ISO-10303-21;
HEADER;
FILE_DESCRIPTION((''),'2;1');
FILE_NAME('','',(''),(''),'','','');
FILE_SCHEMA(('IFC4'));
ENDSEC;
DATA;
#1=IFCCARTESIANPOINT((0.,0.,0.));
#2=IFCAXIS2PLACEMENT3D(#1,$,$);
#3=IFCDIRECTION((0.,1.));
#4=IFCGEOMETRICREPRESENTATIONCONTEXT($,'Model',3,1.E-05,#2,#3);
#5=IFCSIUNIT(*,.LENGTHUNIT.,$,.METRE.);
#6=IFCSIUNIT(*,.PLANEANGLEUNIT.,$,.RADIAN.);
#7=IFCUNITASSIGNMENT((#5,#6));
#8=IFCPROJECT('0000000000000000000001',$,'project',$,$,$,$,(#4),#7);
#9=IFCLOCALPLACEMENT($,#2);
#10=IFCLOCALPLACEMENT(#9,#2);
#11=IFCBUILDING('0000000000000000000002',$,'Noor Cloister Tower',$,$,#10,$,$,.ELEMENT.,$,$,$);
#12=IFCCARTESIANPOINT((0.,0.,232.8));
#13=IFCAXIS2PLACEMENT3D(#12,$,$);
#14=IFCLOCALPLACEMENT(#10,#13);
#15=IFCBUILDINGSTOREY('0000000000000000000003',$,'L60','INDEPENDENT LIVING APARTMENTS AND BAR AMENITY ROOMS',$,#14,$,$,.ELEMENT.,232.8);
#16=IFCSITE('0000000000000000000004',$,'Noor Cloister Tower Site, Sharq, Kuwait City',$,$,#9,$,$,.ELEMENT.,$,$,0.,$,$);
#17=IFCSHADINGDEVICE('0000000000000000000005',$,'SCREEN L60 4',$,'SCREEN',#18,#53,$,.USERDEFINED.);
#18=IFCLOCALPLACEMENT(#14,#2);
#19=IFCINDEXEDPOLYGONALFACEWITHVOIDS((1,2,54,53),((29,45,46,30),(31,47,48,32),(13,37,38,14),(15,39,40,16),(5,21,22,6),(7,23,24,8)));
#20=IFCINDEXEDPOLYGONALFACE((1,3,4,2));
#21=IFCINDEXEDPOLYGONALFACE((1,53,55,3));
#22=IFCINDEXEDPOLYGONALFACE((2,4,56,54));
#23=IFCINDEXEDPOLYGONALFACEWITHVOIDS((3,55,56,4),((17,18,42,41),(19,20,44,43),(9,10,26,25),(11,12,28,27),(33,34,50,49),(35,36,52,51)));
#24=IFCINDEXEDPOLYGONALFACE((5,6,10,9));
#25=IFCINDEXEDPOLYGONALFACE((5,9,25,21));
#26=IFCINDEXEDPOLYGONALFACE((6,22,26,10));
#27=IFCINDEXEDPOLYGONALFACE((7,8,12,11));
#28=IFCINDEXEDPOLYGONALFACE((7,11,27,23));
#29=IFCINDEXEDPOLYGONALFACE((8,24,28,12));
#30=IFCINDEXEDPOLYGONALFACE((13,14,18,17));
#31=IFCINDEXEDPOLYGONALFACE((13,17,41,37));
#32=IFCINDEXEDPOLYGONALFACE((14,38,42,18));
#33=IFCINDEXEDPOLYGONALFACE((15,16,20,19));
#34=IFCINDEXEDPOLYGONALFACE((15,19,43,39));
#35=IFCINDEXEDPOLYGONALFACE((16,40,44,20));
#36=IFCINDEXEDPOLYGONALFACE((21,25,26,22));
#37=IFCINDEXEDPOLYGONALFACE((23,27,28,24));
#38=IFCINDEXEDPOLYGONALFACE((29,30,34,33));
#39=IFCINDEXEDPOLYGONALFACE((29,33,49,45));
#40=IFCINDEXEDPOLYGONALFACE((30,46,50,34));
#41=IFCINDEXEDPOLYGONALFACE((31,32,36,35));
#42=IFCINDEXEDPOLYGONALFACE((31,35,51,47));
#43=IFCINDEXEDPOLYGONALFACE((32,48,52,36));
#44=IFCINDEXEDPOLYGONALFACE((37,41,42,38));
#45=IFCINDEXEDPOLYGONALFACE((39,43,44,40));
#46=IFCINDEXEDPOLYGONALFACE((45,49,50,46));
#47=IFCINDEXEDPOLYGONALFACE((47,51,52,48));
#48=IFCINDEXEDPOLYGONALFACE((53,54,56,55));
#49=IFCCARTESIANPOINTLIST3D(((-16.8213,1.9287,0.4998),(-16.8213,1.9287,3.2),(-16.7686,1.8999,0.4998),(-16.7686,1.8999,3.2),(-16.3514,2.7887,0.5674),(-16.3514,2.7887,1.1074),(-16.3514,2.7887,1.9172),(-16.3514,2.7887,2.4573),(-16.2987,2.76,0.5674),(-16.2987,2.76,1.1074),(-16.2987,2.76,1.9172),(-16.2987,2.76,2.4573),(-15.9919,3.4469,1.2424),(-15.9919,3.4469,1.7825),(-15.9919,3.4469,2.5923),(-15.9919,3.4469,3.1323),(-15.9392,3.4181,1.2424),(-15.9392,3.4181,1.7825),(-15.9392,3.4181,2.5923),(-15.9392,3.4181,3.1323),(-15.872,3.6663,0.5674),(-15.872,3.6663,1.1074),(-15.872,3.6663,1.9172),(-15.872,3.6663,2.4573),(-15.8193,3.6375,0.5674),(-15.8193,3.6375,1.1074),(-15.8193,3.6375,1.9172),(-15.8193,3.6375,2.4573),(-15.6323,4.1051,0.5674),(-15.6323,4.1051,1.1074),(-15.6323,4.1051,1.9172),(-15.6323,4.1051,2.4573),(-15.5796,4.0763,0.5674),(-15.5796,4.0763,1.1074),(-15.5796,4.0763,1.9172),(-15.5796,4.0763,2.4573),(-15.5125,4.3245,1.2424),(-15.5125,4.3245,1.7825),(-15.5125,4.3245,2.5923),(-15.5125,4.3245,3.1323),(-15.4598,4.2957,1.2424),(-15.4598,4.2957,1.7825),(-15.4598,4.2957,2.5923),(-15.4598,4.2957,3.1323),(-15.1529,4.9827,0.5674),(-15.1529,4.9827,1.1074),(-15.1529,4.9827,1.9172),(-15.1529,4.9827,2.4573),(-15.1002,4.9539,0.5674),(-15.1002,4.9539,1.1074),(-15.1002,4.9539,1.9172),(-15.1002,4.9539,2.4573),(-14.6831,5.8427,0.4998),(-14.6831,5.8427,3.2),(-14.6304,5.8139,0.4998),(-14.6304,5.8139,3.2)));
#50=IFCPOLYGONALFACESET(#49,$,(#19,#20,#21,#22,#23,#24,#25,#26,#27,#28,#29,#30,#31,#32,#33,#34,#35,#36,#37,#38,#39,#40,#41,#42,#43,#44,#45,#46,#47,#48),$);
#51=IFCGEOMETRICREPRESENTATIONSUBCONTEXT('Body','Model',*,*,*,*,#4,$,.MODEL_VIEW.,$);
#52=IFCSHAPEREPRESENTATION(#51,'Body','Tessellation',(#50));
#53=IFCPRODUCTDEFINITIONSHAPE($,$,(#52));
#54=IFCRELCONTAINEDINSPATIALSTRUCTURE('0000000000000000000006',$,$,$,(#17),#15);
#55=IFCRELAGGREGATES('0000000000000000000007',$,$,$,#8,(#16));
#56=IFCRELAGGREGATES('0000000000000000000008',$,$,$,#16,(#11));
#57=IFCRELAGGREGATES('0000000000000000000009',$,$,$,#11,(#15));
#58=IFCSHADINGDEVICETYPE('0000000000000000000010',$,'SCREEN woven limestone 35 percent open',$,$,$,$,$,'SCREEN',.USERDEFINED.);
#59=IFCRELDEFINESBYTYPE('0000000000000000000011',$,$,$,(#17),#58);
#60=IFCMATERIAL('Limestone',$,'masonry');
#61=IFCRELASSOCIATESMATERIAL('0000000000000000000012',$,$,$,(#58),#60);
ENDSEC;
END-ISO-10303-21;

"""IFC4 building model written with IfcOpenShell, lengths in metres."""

from ifc_helpers import new_model, si_unit, direction, frame, origin, place, context, subcontext, project, spatial, polyline, outline, extrude, material, material_profile, profile_set, type_object, element, save


model = new_model("IFC4")

# Units and contexts
model_context = context("Model", 3, precision=1e-05, world=origin(), true_north=direction((0.0, 1.0)))
body_context = subcontext(model_context, "Body", "Model", "MODEL_VIEW")
ifc_project = project(units=[si_unit("LENGTHUNIT", "METRE"), si_unit("PLANEANGLEUNIT", "RADIAN")], contexts=[model_context])

# Site, building, storey
site_placement = place(None, origin())
site = spatial("IfcSite", under=ifc_project, at=site_placement, Name="Noor Cloister Tower Site, Sharq, Kuwait City", CompositionType="ELEMENT", RefElevation=0.0)
building_placement = place(site_placement, origin())
building = spatial("IfcBuilding", under=site, at=building_placement, Name="Noor Cloister Tower", CompositionType="ELEMENT")
storey_placement = place(building_placement, frame((0.0, 0.0, 232.8)))
storey = spatial("IfcBuildingStorey", under=building, at=storey_placement, Name="L60", Description="INDEPENDENT LIVING APARTMENTS AND BAR AMENITY ROOMS", CompositionType="ELEMENT", Elevation=232.8)

# Shading device
ifc_material_1 = material(Name="Limestone", Category="masonry")
ifc_material_profile_1 = material_profile(ifc_material_1, outline(polyline([(-2.23, -1.3501), (2.23, -1.3501), (2.23, 1.3501), (-2.23, 1.3501), (-2.23, -1.3501)]), holes=[polyline([(-1.25, -1.2825), (-0.25, -1.2825), (-0.25, -0.7424), (-1.25, -0.7424), (-1.25, -1.2825)]), polyline([(0.25, -1.2825), (1.25, -1.2825), (1.25, -0.7424), (0.25, -0.7424), (0.25, -1.2825)]), polyline([(-0.5, -0.6074), (0.5, -0.6074), (0.5, -0.0674), (-0.5, -0.0674), (-0.5, -0.6074)]), polyline([(-1.25, 0.0674), (-0.25, 0.0674), (-0.25, 0.6074), (-1.25, 0.6074), (-1.25, 0.0674)]), polyline([(0.25, 0.0674), (1.25, 0.0674), (1.25, 0.6074), (0.25, 0.6074), (0.25, 0.0674)]), polyline([(-0.5, 0.7424), (0.5, 0.7424), (0.5, 1.2825), (-0.5, 1.2825), (-0.5, 0.7424)])]), Name="Woven screen 35 percent open")
ifc_profile_set_1 = profile_set([ifc_material_profile_1], Name="Limestone")
shading_device_type = type_object("IfcShadingDeviceType", Name="SCREEN woven limestone 35 percent open", ElementType="SCREEN", PredefinedType="USERDEFINED", material=ifc_profile_set_1)
shading_device_placement = place(storey_placement, frame((-15.6995, 3.8569, 1.8499), z_axis=(-0.877585, 0.479421, 0.0), x_axis=(-0.479421, -0.877585, 0.0)))
element("IfcShadingDevice", 1, at=shading_device_placement, inside=storey, type_object=shading_device_type, Name="SCREEN L60 4", ObjectType="SCREEN", PredefinedType="USERDEFINED", context=body_context, shape_type="SweptSolid", body=[
    extrude(outline(polyline([(-2.23, -1.3501), (2.23, -1.3501), (2.23, 1.3501), (-2.23, 1.3501), (-2.23, -1.3501)]), holes=[polyline([(-1.25, -1.2825), (-0.25, -1.2825), (-0.25, -0.7424), (-1.25, -0.7424), (-1.25, -1.2825)]), polyline([(0.25, -1.2825), (1.25, -1.2825), (1.25, -0.7424), (0.25, -0.7424), (0.25, -1.2825)]), polyline([(-0.5, -0.6074), (0.5, -0.6074), (0.5, -0.0674), (-0.5, -0.0674), (-0.5, -0.6074)]), polyline([(-1.25, 0.0674), (-0.25, 0.0674), (-0.25, 0.6074), (-1.25, 0.6074), (-1.25, 0.0674)]), polyline([(0.25, 0.0674), (1.25, 0.0674), (1.25, 0.6074), (0.25, 0.6074), (0.25, 0.0674)]), polyline([(-0.5, 0.7424), (0.5, 0.7424), (0.5, 1.2825), (-0.5, 1.2825), (-0.5, 0.7424)])]), origin(), (0.0, 0.0, 1.0), 0.0601),
])

save(model, "model.ifc")
